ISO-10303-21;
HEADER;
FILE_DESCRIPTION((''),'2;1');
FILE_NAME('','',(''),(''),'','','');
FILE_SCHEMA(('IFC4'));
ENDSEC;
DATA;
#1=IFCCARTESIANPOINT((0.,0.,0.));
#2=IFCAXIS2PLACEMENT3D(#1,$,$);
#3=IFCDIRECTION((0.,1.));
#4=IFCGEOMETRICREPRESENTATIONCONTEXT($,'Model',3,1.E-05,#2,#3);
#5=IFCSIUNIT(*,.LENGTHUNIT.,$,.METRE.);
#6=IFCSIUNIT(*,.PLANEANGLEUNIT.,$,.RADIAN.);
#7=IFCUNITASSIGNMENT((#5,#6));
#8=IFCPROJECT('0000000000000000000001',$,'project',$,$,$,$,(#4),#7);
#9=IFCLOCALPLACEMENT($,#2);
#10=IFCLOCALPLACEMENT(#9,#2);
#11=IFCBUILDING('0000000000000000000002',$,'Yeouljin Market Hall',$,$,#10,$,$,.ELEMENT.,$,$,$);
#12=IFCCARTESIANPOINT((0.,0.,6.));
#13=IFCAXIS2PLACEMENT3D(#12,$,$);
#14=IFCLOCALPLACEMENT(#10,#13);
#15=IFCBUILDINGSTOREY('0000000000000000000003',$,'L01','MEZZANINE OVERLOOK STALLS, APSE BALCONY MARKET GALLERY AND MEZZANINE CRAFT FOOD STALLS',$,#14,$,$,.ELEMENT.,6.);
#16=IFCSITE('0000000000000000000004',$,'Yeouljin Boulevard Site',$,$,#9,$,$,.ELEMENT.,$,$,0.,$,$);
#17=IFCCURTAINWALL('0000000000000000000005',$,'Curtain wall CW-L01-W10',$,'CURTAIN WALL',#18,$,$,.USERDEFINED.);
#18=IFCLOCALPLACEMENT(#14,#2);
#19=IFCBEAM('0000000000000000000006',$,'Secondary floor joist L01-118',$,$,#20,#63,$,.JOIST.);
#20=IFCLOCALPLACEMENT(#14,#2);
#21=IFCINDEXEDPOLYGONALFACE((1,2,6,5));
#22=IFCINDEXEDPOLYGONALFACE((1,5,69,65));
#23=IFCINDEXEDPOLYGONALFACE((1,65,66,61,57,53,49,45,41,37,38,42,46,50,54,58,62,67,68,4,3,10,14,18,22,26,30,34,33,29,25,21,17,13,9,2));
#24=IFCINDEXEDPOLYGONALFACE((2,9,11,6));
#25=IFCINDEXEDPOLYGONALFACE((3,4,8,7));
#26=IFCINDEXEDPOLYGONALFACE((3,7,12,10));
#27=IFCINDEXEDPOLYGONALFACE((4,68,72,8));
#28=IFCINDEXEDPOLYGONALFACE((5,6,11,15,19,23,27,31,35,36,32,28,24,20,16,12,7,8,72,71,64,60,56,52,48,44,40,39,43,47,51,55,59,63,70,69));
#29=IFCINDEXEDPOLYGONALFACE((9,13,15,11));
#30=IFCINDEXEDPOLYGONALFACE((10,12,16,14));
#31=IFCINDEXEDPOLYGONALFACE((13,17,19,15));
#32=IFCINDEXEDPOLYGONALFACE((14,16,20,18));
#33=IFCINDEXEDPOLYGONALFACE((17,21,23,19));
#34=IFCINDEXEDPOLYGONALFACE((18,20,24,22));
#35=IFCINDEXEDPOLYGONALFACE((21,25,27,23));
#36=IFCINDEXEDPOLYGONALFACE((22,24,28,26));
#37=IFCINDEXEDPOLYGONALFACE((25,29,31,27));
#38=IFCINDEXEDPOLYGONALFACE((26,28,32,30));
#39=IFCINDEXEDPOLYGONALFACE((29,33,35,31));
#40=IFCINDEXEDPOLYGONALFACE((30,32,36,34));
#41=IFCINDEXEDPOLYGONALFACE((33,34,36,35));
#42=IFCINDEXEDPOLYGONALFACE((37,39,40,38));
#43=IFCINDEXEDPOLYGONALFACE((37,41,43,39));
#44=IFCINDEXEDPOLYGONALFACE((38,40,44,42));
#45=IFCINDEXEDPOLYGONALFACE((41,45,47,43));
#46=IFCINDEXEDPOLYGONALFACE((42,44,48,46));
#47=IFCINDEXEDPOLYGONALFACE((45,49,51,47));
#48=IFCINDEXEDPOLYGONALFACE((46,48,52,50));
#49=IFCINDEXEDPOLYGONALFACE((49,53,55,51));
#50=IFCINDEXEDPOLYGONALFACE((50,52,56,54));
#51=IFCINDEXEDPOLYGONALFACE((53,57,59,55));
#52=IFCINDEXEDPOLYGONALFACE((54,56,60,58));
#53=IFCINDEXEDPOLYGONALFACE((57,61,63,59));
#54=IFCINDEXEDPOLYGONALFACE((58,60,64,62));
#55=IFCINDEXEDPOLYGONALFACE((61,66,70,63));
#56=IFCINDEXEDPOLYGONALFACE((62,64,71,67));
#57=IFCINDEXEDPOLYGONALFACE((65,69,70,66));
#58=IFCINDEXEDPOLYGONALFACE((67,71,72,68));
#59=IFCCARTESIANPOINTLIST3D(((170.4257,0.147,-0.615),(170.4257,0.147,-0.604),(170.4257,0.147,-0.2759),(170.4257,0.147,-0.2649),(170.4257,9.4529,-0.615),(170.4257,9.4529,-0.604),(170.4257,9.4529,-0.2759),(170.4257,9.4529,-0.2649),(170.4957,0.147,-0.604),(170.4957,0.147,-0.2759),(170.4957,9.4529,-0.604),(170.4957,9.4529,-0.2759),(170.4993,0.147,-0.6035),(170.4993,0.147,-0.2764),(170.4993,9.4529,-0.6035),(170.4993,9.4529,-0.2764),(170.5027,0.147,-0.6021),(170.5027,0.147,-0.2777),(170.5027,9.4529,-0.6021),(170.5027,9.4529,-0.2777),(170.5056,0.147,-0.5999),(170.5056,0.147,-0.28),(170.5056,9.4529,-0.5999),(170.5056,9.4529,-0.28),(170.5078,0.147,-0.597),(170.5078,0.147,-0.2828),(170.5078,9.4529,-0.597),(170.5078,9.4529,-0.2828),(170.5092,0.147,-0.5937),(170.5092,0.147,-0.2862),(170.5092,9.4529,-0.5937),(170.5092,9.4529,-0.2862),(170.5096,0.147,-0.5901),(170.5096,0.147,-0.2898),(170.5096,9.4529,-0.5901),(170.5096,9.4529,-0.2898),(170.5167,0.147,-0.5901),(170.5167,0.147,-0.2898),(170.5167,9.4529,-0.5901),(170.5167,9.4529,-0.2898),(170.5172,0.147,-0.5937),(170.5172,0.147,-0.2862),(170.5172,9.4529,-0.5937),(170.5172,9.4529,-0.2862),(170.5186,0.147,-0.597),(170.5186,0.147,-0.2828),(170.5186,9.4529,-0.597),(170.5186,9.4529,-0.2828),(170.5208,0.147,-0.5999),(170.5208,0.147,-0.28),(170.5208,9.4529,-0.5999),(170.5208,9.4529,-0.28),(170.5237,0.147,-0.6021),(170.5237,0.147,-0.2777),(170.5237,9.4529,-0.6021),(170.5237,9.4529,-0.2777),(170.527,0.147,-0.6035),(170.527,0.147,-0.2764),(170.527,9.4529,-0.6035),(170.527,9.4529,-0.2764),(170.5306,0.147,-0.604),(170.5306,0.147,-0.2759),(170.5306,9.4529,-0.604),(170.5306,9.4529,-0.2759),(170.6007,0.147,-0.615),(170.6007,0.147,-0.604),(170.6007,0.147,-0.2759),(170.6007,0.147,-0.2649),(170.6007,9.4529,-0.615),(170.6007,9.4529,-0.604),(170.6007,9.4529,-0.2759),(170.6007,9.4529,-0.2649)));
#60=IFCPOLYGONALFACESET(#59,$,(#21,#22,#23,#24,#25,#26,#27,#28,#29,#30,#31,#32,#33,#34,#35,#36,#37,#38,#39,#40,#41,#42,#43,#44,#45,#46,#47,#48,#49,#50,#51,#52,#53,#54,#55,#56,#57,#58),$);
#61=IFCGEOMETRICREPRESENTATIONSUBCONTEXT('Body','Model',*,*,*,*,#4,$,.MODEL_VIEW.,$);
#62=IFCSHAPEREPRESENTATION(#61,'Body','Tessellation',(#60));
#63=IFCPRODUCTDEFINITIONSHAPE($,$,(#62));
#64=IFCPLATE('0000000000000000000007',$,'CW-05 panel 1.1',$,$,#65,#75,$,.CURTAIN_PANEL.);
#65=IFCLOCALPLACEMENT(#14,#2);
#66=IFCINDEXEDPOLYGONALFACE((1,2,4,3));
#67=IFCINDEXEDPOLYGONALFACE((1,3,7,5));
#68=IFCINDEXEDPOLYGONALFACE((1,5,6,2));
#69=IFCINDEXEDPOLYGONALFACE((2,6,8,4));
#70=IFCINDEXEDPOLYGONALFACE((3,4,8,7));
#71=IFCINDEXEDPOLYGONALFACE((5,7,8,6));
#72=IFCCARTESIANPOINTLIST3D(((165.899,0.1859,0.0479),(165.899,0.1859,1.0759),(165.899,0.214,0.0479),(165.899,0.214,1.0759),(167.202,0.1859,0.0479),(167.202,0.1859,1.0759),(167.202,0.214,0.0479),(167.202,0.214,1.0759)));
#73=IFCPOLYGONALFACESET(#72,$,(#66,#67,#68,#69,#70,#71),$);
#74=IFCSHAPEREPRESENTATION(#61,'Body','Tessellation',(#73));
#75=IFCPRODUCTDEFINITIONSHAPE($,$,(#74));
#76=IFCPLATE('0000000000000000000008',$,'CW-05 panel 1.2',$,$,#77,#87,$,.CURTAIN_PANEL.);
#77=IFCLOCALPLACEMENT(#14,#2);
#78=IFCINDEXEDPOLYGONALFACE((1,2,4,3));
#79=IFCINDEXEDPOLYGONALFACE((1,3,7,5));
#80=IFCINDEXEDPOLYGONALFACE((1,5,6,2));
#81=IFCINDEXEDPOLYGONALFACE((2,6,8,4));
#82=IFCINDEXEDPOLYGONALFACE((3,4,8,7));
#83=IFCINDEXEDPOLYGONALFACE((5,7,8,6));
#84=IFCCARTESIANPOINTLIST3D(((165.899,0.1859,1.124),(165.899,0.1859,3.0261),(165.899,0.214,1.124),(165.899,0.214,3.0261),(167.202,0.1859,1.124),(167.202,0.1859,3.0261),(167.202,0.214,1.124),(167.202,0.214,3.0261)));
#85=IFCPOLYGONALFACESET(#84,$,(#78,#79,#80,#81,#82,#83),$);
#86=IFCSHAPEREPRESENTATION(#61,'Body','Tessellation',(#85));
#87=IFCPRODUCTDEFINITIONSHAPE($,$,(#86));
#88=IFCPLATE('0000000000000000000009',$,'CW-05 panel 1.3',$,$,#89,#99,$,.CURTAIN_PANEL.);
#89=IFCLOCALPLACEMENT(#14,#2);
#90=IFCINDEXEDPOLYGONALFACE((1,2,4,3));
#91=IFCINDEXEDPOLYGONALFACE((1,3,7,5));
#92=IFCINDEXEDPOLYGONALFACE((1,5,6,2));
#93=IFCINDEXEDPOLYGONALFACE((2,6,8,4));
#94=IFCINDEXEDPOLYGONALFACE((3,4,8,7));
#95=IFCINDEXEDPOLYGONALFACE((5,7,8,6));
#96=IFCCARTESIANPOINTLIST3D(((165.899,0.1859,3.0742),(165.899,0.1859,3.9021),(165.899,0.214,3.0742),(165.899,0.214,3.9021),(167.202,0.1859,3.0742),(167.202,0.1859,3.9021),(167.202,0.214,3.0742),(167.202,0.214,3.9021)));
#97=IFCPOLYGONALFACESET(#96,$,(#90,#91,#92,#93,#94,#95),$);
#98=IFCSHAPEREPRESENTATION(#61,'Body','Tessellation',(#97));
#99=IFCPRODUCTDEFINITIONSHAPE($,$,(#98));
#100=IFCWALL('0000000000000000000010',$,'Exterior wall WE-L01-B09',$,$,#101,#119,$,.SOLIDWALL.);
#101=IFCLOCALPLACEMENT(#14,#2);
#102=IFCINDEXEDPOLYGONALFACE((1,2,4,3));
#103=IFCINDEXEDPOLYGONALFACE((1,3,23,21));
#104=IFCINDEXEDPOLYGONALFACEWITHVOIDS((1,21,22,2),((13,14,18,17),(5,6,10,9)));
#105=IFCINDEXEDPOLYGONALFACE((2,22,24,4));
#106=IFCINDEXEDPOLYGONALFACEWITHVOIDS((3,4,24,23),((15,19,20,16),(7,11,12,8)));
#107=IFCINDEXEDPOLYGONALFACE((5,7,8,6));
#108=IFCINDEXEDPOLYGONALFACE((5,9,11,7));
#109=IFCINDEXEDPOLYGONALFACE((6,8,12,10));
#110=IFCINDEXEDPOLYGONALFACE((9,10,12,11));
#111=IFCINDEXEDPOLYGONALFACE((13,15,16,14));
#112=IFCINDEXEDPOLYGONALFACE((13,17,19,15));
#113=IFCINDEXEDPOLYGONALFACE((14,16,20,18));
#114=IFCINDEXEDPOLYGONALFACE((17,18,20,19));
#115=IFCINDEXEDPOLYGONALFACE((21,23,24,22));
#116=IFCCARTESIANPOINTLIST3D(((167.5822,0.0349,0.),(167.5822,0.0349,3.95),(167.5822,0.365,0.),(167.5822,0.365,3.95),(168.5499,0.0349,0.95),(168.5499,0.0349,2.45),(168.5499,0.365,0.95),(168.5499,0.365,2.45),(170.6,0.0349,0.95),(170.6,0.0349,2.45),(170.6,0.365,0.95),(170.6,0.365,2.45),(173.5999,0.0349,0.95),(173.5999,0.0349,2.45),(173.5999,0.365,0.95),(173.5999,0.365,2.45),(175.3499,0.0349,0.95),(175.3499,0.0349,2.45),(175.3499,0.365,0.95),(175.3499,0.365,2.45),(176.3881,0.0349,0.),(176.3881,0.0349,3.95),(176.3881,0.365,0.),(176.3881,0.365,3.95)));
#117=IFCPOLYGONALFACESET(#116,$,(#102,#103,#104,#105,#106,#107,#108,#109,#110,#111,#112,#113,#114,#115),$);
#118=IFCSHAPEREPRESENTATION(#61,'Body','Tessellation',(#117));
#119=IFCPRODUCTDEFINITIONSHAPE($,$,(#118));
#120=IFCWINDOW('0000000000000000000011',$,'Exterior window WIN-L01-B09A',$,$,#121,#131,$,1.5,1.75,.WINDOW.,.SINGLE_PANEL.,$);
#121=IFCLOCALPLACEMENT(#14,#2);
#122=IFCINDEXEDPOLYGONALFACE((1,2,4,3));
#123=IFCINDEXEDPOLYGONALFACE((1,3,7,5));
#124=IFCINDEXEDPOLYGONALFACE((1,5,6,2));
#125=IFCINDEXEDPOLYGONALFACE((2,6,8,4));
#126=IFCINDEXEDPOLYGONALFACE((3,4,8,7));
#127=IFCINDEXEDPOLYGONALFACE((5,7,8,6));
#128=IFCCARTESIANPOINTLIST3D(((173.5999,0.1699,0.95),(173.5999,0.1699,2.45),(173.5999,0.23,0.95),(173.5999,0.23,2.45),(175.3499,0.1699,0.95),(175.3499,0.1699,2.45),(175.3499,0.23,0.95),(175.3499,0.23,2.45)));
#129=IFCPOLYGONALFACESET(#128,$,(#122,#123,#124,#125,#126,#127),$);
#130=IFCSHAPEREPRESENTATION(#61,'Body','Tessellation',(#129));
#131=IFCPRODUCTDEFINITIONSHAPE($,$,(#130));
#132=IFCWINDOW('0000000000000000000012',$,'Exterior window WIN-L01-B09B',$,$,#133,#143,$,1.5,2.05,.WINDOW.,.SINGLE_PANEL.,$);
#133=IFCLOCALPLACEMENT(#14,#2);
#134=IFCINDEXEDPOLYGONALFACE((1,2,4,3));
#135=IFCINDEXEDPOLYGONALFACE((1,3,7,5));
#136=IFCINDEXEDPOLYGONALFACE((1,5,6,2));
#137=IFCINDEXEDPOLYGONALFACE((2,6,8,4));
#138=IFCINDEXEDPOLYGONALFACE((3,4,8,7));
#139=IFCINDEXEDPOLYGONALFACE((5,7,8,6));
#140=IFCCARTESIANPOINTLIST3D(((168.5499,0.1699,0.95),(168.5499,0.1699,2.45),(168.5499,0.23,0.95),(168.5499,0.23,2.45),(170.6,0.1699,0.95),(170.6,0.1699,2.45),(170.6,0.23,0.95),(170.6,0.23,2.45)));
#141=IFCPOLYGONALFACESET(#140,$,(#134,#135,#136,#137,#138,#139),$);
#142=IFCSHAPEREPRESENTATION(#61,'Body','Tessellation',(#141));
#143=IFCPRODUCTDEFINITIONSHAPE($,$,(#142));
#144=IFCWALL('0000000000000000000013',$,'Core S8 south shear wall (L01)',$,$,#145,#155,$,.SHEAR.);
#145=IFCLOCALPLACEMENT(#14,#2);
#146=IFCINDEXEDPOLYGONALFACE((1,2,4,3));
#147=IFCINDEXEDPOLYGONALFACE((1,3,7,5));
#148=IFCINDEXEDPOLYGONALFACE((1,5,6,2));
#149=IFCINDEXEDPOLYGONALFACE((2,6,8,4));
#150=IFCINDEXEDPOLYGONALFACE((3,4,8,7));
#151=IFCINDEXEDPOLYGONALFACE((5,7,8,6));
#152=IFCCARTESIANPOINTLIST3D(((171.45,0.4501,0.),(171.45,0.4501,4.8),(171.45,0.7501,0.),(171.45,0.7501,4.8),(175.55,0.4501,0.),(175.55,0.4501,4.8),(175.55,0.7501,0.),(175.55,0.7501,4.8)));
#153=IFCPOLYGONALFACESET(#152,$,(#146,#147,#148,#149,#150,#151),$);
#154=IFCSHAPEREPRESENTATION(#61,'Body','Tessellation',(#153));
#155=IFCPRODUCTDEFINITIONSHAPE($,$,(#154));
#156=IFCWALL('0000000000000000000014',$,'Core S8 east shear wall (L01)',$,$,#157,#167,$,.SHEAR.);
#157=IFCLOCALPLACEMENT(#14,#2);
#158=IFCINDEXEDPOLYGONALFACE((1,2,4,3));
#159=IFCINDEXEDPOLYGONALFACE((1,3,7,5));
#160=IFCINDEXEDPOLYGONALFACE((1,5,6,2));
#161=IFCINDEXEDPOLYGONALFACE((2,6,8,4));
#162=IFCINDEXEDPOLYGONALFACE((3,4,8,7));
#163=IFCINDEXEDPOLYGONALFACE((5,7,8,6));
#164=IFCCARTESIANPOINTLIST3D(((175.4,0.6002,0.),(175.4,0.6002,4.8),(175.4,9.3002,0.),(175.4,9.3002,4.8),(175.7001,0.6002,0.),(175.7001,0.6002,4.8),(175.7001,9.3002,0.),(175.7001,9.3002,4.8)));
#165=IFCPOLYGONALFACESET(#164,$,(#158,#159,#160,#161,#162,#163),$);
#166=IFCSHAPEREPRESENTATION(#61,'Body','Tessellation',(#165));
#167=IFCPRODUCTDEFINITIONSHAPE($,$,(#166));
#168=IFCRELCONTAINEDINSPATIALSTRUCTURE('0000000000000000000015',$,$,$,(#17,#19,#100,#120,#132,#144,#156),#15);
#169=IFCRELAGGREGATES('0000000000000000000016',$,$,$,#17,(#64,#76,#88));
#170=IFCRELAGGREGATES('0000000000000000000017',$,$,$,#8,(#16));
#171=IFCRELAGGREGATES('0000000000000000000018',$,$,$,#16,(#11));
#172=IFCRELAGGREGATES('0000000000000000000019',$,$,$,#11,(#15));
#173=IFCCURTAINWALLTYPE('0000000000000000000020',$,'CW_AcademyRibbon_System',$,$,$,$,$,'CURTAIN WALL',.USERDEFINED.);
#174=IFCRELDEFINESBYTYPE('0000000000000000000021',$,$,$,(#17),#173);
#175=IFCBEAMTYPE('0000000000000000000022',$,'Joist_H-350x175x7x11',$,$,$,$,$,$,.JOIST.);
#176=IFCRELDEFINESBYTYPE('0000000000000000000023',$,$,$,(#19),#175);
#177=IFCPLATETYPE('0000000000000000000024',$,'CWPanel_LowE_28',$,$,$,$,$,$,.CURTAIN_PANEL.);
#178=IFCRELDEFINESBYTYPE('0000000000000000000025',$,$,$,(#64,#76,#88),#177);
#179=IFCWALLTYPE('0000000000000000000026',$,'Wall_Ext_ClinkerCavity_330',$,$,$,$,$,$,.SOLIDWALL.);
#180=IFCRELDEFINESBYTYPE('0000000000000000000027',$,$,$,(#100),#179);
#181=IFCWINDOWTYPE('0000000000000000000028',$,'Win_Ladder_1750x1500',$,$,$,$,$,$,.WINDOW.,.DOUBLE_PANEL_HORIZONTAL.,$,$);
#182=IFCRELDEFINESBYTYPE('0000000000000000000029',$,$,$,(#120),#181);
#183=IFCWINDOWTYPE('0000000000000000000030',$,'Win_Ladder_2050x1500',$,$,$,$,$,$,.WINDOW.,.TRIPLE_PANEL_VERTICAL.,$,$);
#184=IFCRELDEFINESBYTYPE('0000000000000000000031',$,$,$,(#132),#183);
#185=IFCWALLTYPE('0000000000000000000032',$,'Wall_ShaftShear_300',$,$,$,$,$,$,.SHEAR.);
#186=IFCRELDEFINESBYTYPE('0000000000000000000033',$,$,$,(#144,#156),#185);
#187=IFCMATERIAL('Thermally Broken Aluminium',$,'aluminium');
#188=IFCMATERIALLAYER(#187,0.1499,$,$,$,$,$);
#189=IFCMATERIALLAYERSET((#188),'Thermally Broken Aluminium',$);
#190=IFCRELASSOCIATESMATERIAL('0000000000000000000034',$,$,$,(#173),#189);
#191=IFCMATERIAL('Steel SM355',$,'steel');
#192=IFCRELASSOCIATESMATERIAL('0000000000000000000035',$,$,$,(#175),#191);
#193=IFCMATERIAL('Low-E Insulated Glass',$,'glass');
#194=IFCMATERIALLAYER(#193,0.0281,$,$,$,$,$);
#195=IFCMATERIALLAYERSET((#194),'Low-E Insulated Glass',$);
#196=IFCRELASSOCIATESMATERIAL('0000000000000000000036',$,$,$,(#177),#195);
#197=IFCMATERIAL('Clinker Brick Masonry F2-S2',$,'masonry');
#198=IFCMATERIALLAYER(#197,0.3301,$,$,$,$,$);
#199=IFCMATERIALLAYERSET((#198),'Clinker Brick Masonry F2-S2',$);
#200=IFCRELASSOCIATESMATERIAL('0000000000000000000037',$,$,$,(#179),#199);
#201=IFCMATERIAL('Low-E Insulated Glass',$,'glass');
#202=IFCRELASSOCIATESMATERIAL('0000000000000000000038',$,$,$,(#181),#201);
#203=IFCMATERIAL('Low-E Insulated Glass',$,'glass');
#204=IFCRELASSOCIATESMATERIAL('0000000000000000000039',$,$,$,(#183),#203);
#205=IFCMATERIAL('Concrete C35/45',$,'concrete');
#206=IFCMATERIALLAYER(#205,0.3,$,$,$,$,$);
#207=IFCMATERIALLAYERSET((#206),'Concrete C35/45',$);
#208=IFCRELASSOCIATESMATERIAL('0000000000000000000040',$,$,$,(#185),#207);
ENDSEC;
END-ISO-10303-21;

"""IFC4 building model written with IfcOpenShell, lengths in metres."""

from ifc_helpers import new_model, si_unit, direction, frame, frame_2d, origin, origin_2d, place, context, subcontext, project, spatial, rectangle, i_section, extrude, material, layer, layer_set, material_profile, profile_set, type_object, element, fill, aggregate, save


model = new_model("IFC4")

# Units and contexts
model_context = context("Model", 3, precision=1e-05, world=origin(), true_north=direction((0.0, 1.0)))
body_context = subcontext(model_context, "Body", "Model", "MODEL_VIEW")
ifc_project = project(units=[si_unit("LENGTHUNIT", "METRE"), si_unit("PLANEANGLEUNIT", "RADIAN")], contexts=[model_context])

# Site, building, storey
site_placement = place(None, origin())
site = spatial("IfcSite", under=ifc_project, at=site_placement, Name="Yeouljin Boulevard Site", CompositionType="ELEMENT", RefElevation=0.0)
building_placement = place(site_placement, origin())
building = spatial("IfcBuilding", under=site, at=building_placement, Name="Yeouljin Market Hall", CompositionType="ELEMENT")
storey_placement = place(building_placement, frame((0.0, 0.0, 6.0)))
storey = spatial("IfcBuildingStorey", under=building, at=storey_placement, Name="L01", Description="MEZZANINE OVERLOOK STALLS, APSE BALCONY MARKET GALLERY AND MEZZANINE CRAFT FOOD STALLS", CompositionType="ELEMENT", Elevation=6.0)

# Curtain wall
ifc_material_1 = material(Name="Thermally Broken Aluminium", Category="aluminium")
ifc_layer_1 = layer(ifc_material_1, 0.1499)
ifc_layer_set_1 = layer_set([ifc_layer_1], Name="Thermally Broken Aluminium")
curtain_wall_type = type_object("IfcCurtainWallType", Name="CW_AcademyRibbon_System", ElementType="CURTAIN WALL", PredefinedType="USERDEFINED", material=ifc_layer_set_1)
curtain_wall_placement = place(storey_placement, origin())
curtain_wall = element("IfcCurtainWall", 1, at=curtain_wall_placement, inside=storey, type_object=curtain_wall_type, Name="Curtain wall CW-L01-W10", ObjectType="CURTAIN WALL", PredefinedType="USERDEFINED")

# Beam
ifc_material_2 = material(Name="Steel SM355", Category="steel")
ifc_material_profile_1 = material_profile(ifc_material_2, i_section(OverallWidth=0.175, OverallDepth=0.3501, WebThickness=0.0071, FlangeThickness=0.011, FilletRadius=0.0139, at=origin_2d()), Name="H-350x175x7x11")
ifc_profile_set_1 = profile_set([ifc_material_profile_1], Name="Steel SM355")
beam_type_1 = type_object("IfcBeamType", Name="Joist_H-350x175x7x11", PredefinedType="JOIST", material=ifc_profile_set_1)
beam_1_placement = place(storey_placement, frame((170.5132, 0.147, -0.4399), z_axis=(0.0, 1.0, 0.0), x_axis=(-1.0, 0.0, 0.0)))
element("IfcBeam", 2, at=beam_1_placement, inside=storey, type_object=beam_type_1, Name="Secondary floor joist L01-118", PredefinedType="JOIST", context=body_context, shape_type="SweptSolid", body=[
    extrude(i_section(OverallWidth=0.175, OverallDepth=0.3501, WebThickness=0.0071, FlangeThickness=0.011, FilletRadius=0.0139, at=origin_2d()), origin(), (0.0, 0.0, 1.0), 9.3059),
])

# Plates
ifc_material_3 = material(Name="Low-E Insulated Glass", Category="glass")
ifc_layer_2 = layer(ifc_material_3, 0.0281)
ifc_layer_set_2 = layer_set([ifc_layer_2], Name="Low-E Insulated Glass")
plate_type = type_object("IfcPlateType", Name="CWPanel_LowE_28", PredefinedType="CURTAIN_PANEL", material=ifc_layer_set_2)
plate_1_placement = place(storey_placement, frame((166.5505, 0.2, 0.0479), z_axis=(0.0, 0.0, 1.0), x_axis=(-1.0, 0.0, 0.0)))
plate_1 = element("IfcPlate", 3, at=plate_1_placement, type_object=plate_type, Name="CW-05 panel 1.1", PredefinedType="CURTAIN_PANEL", context=body_context, shape_type="SweptSolid", body=[
    extrude(rectangle(XDim=1.303, YDim=0.0281, at=origin_2d()), origin(), (0.0, 0.0, 1.0), 1.0281),
])
plate_2_placement = place(storey_placement, frame((166.5505, 0.2, 1.124), z_axis=(0.0, 0.0, 1.0), x_axis=(-1.0, 0.0, 0.0)))
plate_2 = element("IfcPlate", 4, at=plate_2_placement, type_object=plate_type, Name="CW-05 panel 1.2", PredefinedType="CURTAIN_PANEL", context=body_context, shape_type="SweptSolid", body=[
    extrude(rectangle(XDim=1.303, YDim=0.0281, at=origin_2d()), origin(), (0.0, 0.0, 1.0), 1.9021),
])
plate_3_placement = place(storey_placement, frame((166.5505, 0.2, 3.0742), z_axis=(0.0, 0.0, 1.0), x_axis=(-1.0, 0.0, 0.0)))
plate_3 = element("IfcPlate", 5, at=plate_3_placement, type_object=plate_type, Name="CW-05 panel 1.3", PredefinedType="CURTAIN_PANEL", context=body_context, shape_type="SweptSolid", body=[
    extrude(rectangle(XDim=1.303, YDim=0.0281, at=origin_2d()), origin(), (0.0, 0.0, 1.0), 0.8279),
])
aggregate(curtain_wall, [plate_1, plate_2, plate_3])

# Wall, openings, windows
ifc_material_4 = material(Name="Clinker Brick Masonry F2-S2", Category="masonry")
ifc_layer_3 = layer(ifc_material_4, 0.3301)
ifc_layer_set_3 = layer_set([ifc_layer_3], Name="Clinker Brick Masonry F2-S2")
wall_type_1 = type_object("IfcWallType", Name="Wall_Ext_ClinkerCavity_330", PredefinedType="SOLIDWALL", material=ifc_layer_set_3)
wall_1_placement = place(storey_placement, frame((176.3879, 0.2, 0.0), z_axis=(0.0, 0.0, 1.0), x_axis=(-1.0, 0.0, 0.0)))
wall_1 = element("IfcWall", 6, at=wall_1_placement, inside=storey, type_object=wall_type_1, Name="Exterior wall WE-L01-B09", PredefinedType="SOLIDWALL", context=body_context, shape_type="SweptSolid", body=[
    extrude(rectangle(XDim=8.8059, YDim=0.3301, at=frame_2d((4.4028, 0.0))), origin(), (0.0, 0.0, 1.0), 3.95),
])
opening_1_placement = place(wall_1_placement, frame((1.0381, 0.0, 0.95)))
opening_1 = element("IfcOpeningElement", 7, at=opening_1_placement, cuts=wall_1, PredefinedType="OPENING", context=body_context, shape_type="SweptSolid", body=[
    extrude(rectangle(XDim=1.75, YDim=1.5, at=frame_2d((0.875, 0.75))), frame((0.0, 0.175, 0.0), z_axis=(0.0, -1.0, 0.0), x_axis=(1.0, 0.0, 0.0)), (0.0, 0.0, 1.0), 0.3501),
])
opening_2_placement = place(wall_1_placement, frame((5.7881, 0.0, 0.95)))
opening_2 = element("IfcOpeningElement", 8, at=opening_2_placement, cuts=wall_1, PredefinedType="OPENING", context=body_context, shape_type="SweptSolid", body=[
    extrude(rectangle(XDim=2.05, YDim=1.5, at=frame_2d((1.0249, 0.75))), frame((0.0, 0.175, 0.0), z_axis=(0.0, -1.0, 0.0), x_axis=(1.0, 0.0, 0.0)), (0.0, 0.0, 1.0), 0.3501),
])
ifc_material_5 = material(Name="Low-E Insulated Glass", Category="glass")
window_type_1 = type_object("IfcWindowType", Name="Win_Ladder_1750x1500", PartitioningType="DOUBLE_PANEL_HORIZONTAL", PredefinedType="WINDOW", material=ifc_material_5)
window_1_placement = place(opening_1_placement, origin())
window_1 = element("IfcWindow", 9, at=window_1_placement, inside=storey, type_object=window_type_1, Name="Exterior window WIN-L01-B09A", OverallHeight=1.5, OverallWidth=1.75, PartitioningType="SINGLE_PANEL", PredefinedType="WINDOW", context=body_context, shape_type="SweptSolid", body=[
    extrude(rectangle(XDim=1.75, YDim=1.5, at=frame_2d((0.875, 0.75))), frame((0.0, 0.03, 0.0), z_axis=(0.0, -1.0, 0.0), x_axis=(1.0, 0.0, 0.0)), (0.0, 0.0, 1.0), 0.0601),
])
fill(opening_1, window_1)
ifc_material_6 = material(Name="Low-E Insulated Glass", Category="glass")
window_type_2 = type_object("IfcWindowType", Name="Win_Ladder_2050x1500", PartitioningType="TRIPLE_PANEL_VERTICAL", PredefinedType="WINDOW", material=ifc_material_6)
window_2_placement = place(opening_2_placement, origin())
window_2 = element("IfcWindow", 10, at=window_2_placement, inside=storey, type_object=window_type_2, Name="Exterior window WIN-L01-B09B", OverallHeight=1.5, OverallWidth=2.05, PartitioningType="SINGLE_PANEL", PredefinedType="WINDOW", context=body_context, shape_type="SweptSolid", body=[
    extrude(rectangle(XDim=2.05, YDim=1.5, at=frame_2d((1.0249, 0.75))), frame((0.0, 0.03, 0.0), z_axis=(0.0, -1.0, 0.0), x_axis=(1.0, 0.0, 0.0)), (0.0, 0.0, 1.0), 0.0601),
])
fill(opening_2, window_2)

# Walls
ifc_material_7 = material(Name="Concrete C35/45", Category="concrete")
ifc_layer_4 = layer(ifc_material_7, 0.3)
ifc_layer_set_4 = layer_set([ifc_layer_4], Name="Concrete C35/45")
wall_type_2 = type_object("IfcWallType", Name="Wall_ShaftShear_300", PredefinedType="SHEAR", material=ifc_layer_set_4)
wall_2_placement = place(storey_placement, frame((171.45, 0.6001, 0.0), z_axis=(0.0, 0.0, 1.0), x_axis=(1.0, 0.0, 0.0)))
element("IfcWall", 11, at=wall_2_placement, inside=storey, type_object=wall_type_2, Name="Core S8 south shear wall (L01)", PredefinedType="SHEAR", context=body_context, shape_type="SweptSolid", body=[
    extrude(rectangle(XDim=4.1001, YDim=0.3, at=frame_2d((2.05, 0.0))), origin(), (0.0, 0.0, 1.0), 4.8),
])
wall_3_placement = place(storey_placement, frame((175.55, 0.6001, 0.0), z_axis=(0.0, 0.0, 1.0), x_axis=(0.0, 1.0, 0.0)))
element("IfcWall", 12, at=wall_3_placement, inside=storey, type_object=wall_type_2, Name="Core S8 east shear wall (L01)", PredefinedType="SHEAR", context=body_context, shape_type="SweptSolid", body=[
    extrude(rectangle(XDim=8.7, YDim=0.3, at=frame_2d((4.3501, 0.0))), origin(), (0.0, 0.0, 1.0), 4.8),
])

save(model, "model.ifc")
